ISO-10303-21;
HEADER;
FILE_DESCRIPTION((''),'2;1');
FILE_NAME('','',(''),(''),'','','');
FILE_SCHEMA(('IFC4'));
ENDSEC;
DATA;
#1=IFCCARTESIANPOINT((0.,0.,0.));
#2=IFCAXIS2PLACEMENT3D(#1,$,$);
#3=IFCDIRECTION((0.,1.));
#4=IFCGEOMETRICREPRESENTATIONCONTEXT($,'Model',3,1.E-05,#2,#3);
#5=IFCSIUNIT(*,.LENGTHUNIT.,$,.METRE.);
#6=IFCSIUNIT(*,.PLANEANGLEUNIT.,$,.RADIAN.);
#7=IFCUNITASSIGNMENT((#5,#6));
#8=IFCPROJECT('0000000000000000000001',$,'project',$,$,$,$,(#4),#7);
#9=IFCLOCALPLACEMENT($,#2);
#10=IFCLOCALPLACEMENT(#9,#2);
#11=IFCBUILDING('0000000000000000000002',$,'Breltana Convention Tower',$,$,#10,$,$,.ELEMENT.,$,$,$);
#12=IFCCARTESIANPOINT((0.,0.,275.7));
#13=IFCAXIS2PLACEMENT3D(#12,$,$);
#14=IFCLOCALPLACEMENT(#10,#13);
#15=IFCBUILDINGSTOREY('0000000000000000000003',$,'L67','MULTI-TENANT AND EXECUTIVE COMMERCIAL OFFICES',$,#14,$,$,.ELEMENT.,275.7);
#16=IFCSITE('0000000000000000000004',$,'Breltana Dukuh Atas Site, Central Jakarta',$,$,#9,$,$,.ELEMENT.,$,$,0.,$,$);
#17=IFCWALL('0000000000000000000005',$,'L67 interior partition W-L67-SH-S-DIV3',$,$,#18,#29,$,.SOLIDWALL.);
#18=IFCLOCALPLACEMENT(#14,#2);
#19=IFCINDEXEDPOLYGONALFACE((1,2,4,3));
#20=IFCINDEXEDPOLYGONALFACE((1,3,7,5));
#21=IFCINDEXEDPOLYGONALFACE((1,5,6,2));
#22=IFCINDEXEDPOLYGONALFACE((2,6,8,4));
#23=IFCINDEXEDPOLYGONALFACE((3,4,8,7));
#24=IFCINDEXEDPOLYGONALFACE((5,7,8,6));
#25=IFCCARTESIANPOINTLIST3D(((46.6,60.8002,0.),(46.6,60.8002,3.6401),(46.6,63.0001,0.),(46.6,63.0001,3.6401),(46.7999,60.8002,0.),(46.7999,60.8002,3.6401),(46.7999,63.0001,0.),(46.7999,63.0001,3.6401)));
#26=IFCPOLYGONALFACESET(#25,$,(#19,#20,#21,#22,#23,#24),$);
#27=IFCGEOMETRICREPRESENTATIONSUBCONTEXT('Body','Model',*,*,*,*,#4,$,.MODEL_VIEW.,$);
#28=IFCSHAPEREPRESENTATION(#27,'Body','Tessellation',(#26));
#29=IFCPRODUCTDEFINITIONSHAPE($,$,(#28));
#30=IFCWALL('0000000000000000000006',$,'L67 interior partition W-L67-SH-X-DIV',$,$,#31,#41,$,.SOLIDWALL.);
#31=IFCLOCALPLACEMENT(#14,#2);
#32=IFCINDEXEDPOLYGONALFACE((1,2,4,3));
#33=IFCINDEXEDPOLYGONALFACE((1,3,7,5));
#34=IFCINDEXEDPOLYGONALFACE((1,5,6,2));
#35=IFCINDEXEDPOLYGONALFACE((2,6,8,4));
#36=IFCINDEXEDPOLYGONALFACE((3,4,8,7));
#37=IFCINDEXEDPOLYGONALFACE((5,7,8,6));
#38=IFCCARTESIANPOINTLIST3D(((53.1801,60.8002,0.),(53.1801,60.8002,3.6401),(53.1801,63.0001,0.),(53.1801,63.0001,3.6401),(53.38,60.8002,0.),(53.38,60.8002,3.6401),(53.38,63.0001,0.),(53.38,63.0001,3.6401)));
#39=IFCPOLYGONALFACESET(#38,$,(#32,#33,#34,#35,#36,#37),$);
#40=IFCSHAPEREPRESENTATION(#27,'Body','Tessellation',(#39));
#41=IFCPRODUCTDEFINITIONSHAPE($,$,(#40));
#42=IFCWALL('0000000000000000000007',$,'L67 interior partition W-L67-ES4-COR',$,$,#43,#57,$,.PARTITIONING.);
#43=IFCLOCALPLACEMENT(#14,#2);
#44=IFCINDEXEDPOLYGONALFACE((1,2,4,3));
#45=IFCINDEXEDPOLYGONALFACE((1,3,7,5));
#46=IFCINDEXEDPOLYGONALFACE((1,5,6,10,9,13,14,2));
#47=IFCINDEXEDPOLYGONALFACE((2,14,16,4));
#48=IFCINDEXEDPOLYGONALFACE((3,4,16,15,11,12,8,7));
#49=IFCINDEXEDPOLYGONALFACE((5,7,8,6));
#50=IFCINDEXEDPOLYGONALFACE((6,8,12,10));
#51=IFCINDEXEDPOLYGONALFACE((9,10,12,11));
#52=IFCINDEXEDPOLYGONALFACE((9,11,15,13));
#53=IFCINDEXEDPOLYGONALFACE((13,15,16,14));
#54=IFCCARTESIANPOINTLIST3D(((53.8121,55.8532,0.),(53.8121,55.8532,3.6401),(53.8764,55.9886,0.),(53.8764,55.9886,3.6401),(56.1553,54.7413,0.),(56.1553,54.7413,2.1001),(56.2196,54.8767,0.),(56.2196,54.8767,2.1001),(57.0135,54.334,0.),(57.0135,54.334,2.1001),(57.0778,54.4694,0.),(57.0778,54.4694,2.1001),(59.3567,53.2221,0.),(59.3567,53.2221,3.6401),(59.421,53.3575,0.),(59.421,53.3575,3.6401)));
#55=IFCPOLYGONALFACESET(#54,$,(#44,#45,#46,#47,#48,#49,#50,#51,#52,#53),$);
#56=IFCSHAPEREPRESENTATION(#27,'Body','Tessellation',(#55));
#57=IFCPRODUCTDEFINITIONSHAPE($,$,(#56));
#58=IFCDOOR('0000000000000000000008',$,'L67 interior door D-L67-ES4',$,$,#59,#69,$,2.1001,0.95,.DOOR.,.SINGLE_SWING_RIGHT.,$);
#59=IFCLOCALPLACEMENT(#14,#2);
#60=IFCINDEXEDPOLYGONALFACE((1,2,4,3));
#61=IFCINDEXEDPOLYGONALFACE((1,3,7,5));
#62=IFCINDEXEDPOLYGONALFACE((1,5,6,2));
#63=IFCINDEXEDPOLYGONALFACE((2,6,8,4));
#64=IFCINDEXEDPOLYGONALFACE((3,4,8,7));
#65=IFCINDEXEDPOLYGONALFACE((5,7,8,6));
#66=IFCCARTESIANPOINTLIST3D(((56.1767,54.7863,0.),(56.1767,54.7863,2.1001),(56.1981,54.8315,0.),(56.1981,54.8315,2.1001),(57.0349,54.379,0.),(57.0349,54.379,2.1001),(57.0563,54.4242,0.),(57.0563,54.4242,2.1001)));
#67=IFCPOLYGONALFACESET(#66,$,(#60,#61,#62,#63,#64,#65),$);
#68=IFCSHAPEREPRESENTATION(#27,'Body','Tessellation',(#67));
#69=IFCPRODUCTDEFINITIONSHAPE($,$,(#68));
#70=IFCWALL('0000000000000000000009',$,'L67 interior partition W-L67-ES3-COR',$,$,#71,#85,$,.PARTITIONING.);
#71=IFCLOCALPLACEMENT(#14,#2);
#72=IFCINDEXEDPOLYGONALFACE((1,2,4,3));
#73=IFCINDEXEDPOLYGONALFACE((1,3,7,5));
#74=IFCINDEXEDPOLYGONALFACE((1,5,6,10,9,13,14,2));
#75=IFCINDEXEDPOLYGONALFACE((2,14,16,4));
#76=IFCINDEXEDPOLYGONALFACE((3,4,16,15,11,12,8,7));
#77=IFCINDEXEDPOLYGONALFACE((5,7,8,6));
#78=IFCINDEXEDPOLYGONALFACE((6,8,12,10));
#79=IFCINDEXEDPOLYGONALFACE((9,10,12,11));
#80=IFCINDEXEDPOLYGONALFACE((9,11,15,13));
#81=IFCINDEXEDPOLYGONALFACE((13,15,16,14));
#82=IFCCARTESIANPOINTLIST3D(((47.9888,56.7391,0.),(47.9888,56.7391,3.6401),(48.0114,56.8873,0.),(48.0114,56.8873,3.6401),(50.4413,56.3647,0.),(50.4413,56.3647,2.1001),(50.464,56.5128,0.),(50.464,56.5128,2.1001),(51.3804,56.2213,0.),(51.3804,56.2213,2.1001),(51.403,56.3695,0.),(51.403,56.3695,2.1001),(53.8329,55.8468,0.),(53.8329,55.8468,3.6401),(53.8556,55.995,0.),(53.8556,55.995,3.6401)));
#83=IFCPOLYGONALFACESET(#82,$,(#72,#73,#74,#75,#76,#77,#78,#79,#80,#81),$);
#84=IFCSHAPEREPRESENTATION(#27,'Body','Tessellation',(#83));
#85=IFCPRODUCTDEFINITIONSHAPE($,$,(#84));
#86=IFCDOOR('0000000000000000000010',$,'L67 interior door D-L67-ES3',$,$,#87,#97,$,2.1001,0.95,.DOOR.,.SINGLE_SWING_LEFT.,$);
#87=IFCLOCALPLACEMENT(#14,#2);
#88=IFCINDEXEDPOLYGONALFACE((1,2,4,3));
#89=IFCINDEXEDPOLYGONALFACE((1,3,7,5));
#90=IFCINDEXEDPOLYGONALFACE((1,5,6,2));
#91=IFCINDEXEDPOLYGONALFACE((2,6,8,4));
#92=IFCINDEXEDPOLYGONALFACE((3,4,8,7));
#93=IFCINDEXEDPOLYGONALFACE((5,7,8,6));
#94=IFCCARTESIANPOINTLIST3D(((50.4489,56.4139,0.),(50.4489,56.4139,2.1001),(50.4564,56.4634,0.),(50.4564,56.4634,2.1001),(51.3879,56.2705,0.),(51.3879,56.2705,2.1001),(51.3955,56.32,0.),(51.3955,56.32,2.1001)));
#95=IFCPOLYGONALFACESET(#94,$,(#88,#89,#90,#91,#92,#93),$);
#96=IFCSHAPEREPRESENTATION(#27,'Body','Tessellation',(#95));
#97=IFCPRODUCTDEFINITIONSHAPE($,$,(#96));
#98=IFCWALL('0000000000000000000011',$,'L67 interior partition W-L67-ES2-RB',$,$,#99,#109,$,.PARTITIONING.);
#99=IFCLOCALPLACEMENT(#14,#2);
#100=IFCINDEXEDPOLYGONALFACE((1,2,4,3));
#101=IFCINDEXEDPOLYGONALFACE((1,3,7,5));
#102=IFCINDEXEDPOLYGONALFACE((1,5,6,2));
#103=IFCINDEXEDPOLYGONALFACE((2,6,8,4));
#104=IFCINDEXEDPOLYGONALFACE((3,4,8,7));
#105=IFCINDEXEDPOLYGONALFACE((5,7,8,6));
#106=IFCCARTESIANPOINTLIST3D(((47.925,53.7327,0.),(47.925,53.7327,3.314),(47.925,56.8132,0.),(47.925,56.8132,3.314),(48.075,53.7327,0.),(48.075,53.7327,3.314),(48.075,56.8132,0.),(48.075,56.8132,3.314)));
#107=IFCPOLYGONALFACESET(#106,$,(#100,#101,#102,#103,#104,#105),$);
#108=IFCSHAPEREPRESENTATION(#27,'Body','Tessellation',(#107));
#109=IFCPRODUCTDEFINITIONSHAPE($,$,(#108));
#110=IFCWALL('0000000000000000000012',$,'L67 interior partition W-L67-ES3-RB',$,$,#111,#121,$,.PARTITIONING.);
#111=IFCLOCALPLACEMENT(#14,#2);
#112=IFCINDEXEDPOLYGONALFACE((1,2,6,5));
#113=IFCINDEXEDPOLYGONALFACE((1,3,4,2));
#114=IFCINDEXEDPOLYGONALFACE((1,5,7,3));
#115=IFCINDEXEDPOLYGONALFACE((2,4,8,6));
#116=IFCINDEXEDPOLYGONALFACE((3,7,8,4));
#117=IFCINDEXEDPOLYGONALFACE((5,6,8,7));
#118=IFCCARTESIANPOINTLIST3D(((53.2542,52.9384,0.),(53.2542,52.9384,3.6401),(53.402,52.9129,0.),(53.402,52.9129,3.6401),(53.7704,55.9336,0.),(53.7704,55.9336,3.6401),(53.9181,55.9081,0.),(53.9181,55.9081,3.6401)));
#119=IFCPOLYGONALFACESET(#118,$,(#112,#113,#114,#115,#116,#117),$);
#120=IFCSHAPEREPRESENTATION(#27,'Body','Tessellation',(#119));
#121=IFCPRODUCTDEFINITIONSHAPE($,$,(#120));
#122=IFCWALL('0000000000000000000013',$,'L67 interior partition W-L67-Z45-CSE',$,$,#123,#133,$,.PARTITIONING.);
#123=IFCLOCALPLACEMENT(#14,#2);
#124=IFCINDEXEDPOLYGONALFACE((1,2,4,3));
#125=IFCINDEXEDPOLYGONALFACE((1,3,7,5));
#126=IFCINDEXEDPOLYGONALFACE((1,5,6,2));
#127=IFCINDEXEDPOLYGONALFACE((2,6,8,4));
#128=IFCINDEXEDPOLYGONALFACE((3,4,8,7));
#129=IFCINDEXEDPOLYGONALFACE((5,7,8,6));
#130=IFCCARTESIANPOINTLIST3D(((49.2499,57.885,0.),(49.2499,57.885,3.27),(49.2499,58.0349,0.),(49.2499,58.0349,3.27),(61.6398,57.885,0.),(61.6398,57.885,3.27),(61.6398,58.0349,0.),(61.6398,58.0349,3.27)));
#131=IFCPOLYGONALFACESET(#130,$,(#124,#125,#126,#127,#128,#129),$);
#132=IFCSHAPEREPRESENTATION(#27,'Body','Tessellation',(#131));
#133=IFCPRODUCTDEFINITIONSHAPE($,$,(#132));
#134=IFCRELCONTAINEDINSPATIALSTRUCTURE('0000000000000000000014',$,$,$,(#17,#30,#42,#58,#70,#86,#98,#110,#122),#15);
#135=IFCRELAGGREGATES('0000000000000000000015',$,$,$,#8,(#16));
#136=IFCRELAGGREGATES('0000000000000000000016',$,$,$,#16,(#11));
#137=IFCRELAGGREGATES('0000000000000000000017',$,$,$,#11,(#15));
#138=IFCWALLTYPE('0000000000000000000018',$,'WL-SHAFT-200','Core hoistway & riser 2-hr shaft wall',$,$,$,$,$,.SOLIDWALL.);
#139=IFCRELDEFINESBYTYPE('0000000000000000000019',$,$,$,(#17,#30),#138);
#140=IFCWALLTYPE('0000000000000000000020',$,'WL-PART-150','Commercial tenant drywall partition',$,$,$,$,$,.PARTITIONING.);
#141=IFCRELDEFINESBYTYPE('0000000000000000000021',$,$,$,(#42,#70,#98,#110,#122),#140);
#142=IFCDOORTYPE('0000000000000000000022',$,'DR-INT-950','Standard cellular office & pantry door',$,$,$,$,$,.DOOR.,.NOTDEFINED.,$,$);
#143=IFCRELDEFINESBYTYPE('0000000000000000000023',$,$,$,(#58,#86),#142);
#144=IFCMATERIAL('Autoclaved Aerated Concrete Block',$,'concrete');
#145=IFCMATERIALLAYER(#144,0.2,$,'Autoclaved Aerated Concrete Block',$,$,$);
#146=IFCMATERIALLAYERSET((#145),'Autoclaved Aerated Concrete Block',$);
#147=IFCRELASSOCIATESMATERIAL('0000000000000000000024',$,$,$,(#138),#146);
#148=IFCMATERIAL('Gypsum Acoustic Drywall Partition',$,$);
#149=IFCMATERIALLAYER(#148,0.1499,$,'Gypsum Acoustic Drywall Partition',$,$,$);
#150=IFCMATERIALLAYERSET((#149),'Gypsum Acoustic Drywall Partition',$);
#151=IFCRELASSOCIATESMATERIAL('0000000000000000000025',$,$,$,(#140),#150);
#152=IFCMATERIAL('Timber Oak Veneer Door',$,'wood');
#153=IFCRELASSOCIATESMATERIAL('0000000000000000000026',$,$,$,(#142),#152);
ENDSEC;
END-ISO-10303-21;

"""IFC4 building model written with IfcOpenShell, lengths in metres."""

from ifc_helpers import new_model, si_unit, direction, frame, frame_2d, origin, place, context, subcontext, project, spatial, rectangle, extrude, source, transform, mapped, material, layer, layer_set, type_object, type_shapes, element, fill, save


model = new_model("IFC4")

# Units and contexts
model_context = context("Model", 3, precision=1e-05, world=origin(), true_north=direction((0.0, 1.0)))
body_context = subcontext(model_context, "Body", "Model", "MODEL_VIEW")
ifc_project = project(units=[si_unit("LENGTHUNIT", "METRE"), si_unit("PLANEANGLEUNIT", "RADIAN")], contexts=[model_context])

# Site, building, storey
site_placement = place(None, origin())
site = spatial("IfcSite", under=ifc_project, at=site_placement, Name="Breltana Dukuh Atas Site, Central Jakarta", CompositionType="ELEMENT", RefElevation=0.0)
building_placement = place(site_placement, origin())
building = spatial("IfcBuilding", under=site, at=building_placement, Name="Breltana Convention Tower", CompositionType="ELEMENT")
storey_placement = place(building_placement, frame((0.0, 0.0, 275.7)))
storey = spatial("IfcBuildingStorey", under=building, at=storey_placement, Name="L67", Description="MULTI-TENANT AND EXECUTIVE COMMERCIAL OFFICES", CompositionType="ELEMENT", Elevation=275.7)

# Walls
ifc_material_1 = material(Name="Autoclaved Aerated Concrete Block", Category="concrete")
ifc_layer_1 = layer(ifc_material_1, 0.2, Name="Autoclaved Aerated Concrete Block")
ifc_layer_set_1 = layer_set([ifc_layer_1], Name="Autoclaved Aerated Concrete Block")
wall_type_1 = type_object("IfcWallType", Name="WL-SHAFT-200", Description="Core hoistway & riser 2-hr shaft wall", PredefinedType="SOLIDWALL", material=ifc_layer_set_1)
shared_shape_1 = source(origin(), body_context, "Body", "SweptSolid", [
    extrude(rectangle(XDim=2.2, YDim=0.2, at=frame_2d((1.1001, 0.0))), origin(), (0.0, 0.0, 1.0), 3.6401),
])
for number, where, z_axis, x_axis, name in (
    (1, (46.7, 60.8, 0.0), (0.0, 0.0, 1.0), (0.0, 1.0, 0.0), "L67 interior partition W-L67-SH-S-DIV3"),
    (2, (53.28, 60.8, 0.0), (0.0, 0.0, 1.0), (0.0, 1.0, 0.0), "L67 interior partition W-L67-SH-X-DIV"),
):
    element("IfcWall", number, at=place(storey_placement, frame(where, z_axis=z_axis, x_axis=x_axis)), inside=storey, type_object=wall_type_1, Name=name, PredefinedType="SOLIDWALL", context=body_context, shape_type="MappedRepresentation", body=[
        mapped(shared_shape_1, transform((0.0, 0.0, 0.0), scale=1.0)),
    ])

# Walls, openings, doors
ifc_material_2 = material(Name="Gypsum Acoustic Drywall Partition")
ifc_layer_2 = layer(ifc_material_2, 0.1499, Name="Gypsum Acoustic Drywall Partition")
ifc_layer_set_2 = layer_set([ifc_layer_2], Name="Gypsum Acoustic Drywall Partition")
wall_type_2 = type_object("IfcWallType", Name="WL-PART-150", Description="Commercial tenant drywall partition", PredefinedType="PARTITIONING", material=ifc_layer_set_2)
shared_shape_2 = source(origin(), body_context, "Body", "SweptSolid", [
    extrude(rectangle(XDim=6.1372, YDim=0.1499, at=frame_2d((3.0686, 0.0))), origin(), (0.0, 0.0, 1.0), 3.6401),
])
wall_1_placement = place(storey_placement, frame((53.8442, 55.9209, 0.0), z_axis=(0.0, 0.0, 1.0), x_axis=(0.903443, -0.428709, 0.0)))
wall_1 = element("IfcWall", 3, at=wall_1_placement, inside=storey, type_object=wall_type_2, Name="L67 interior partition W-L67-ES4-COR", PredefinedType="PARTITIONING", context=body_context, shape_type="MappedRepresentation", body=[
    mapped(shared_shape_2, transform((0.0, 0.0, 0.0), scale=1.0)),
])
opening_1_placement = place(wall_1_placement, frame((2.5935, 0.0, 0.0)))
opening_1 = element("IfcOpeningElement", 4, at=opening_1_placement, cuts=wall_1, PredefinedType="OPENING", context=body_context, shape_type="SweptSolid", body=[
    extrude(rectangle(XDim=0.95, YDim=2.1001, at=frame_2d((0.4751, 1.05))), frame((0.0, 0.085, 0.0), z_axis=(0.0, -1.0, 0.0), x_axis=(1.0, 0.0, 0.0)), (0.0, 0.0, 1.0), 0.1699),
])
ifc_material_3 = material(Name="Timber Oak Veneer Door", Category="wood")
door_type = type_object("IfcDoorType", Name="DR-INT-950", Description="Standard cellular office & pantry door", OperationType="NOTDEFINED", PredefinedType="DOOR", material=ifc_material_3)
shared_shape_3 = source(origin(), body_context, "Body", "SweptSolid", [
    extrude(rectangle(XDim=0.95, YDim=2.1001, at=frame_2d((0.4751, 1.05))), frame((0.0, 0.0249, 0.0), z_axis=(0.0, -1.0, 0.0), x_axis=(1.0, 0.0, 0.0)), (0.0, 0.0, 1.0), 0.05),
])
type_shapes(door_type, [shared_shape_3])
door_1_placement = place(opening_1_placement, origin())
door_1 = element("IfcDoor", 5, at=door_1_placement, inside=storey, type_object=door_type, Name="L67 interior door D-L67-ES4", OperationType="SINGLE_SWING_RIGHT", OverallHeight=2.1001, OverallWidth=0.95, PredefinedType="DOOR", context=body_context, shape_type="MappedRepresentation", body=[
    mapped(shared_shape_3, transform((0.0, 0.0, 0.0), scale=1.0)),
])
fill(opening_1, door_1)
shared_shape_4 = source(origin(), body_context, "Body", "SweptSolid", [
    extrude(rectangle(XDim=5.9119, YDim=0.1499, at=frame_2d((2.9561, 0.0))), origin(), (0.0, 0.0, 1.0), 3.6401),
])
wall_2_placement = place(storey_placement, frame((48.0, 56.8132, 0.0), z_axis=(0.0, 0.0, 1.0), x_axis=(0.988543, -0.150937, 0.0)))
wall_2 = element("IfcWall", 6, at=wall_2_placement, inside=storey, type_object=wall_type_2, Name="L67 interior partition W-L67-ES3-COR", PredefinedType="PARTITIONING", context=body_context, shape_type="MappedRepresentation", body=[
    mapped(shared_shape_4, transform((0.0, 0.0, 0.0), scale=1.0)),
])
opening_2_placement = place(wall_2_placement, frame((2.481, 0.0, 0.0)))
opening_2 = element("IfcOpeningElement", 7, at=opening_2_placement, cuts=wall_2, PredefinedType="OPENING", context=body_context, shape_type="SweptSolid", body=[
    extrude(rectangle(XDim=0.95, YDim=2.1001, at=frame_2d((0.4751, 1.05))), frame((0.0, 0.085, 0.0), z_axis=(0.0, -1.0, 0.0), x_axis=(1.0, 0.0, 0.0)), (0.0, 0.0, 1.0), 0.1699),
])
door_2_placement = place(opening_2_placement, origin())
door_2 = element("IfcDoor", 8, at=door_2_placement, inside=storey, type_object=door_type, Name="L67 interior door D-L67-ES3", OperationType="SINGLE_SWING_LEFT", OverallHeight=2.1001, OverallWidth=0.95, PredefinedType="DOOR", context=body_context, shape_type="MappedRepresentation", body=[
    mapped(shared_shape_3, transform((0.0, 0.0, 0.0), scale=1.0)),
])
fill(opening_2, door_2)

# Walls
shared_shape_5 = source(origin(), body_context, "Body", "SweptSolid", [
    extrude(rectangle(XDim=3.0806, YDim=0.1499, at=frame_2d((1.5403, 0.0))), origin(), (0.0, 0.0, 1.0), 3.314),
])
wall_3_placement = place(storey_placement, frame((48.0, 53.7327, 0.0), z_axis=(0.0, 0.0, 1.0), x_axis=(0.0, 1.0, 0.0)))
element("IfcWall", 9, at=wall_3_placement, inside=storey, type_object=wall_type_2, Name="L67 interior partition W-L67-ES2-RB", PredefinedType="PARTITIONING", context=body_context, shape_type="MappedRepresentation", body=[
    mapped(shared_shape_5, transform((0.0, 0.0, 0.0), scale=1.0)),
])
shared_shape_6 = source(origin(), body_context, "Body", "SweptSolid", [
    extrude(rectangle(XDim=3.0393, YDim=0.1499, at=frame_2d((1.5195, 0.0))), origin(), (0.0, 0.0, 1.0), 3.6401),
])
wall_4_placement = place(storey_placement, frame((53.3281, 52.9258, 0.0), z_axis=(0.0, 0.0, 1.0), x_axis=(0.169815, 0.985476, 0.0)))
element("IfcWall", 10, at=wall_4_placement, inside=storey, type_object=wall_type_2, Name="L67 interior partition W-L67-ES3-RB", PredefinedType="PARTITIONING", context=body_context, shape_type="MappedRepresentation", body=[
    mapped(shared_shape_6, transform((0.0, 0.0, 0.0), scale=1.0)),
])
shared_shape_7 = source(origin(), body_context, "Body", "SweptSolid", [
    extrude(rectangle(XDim=12.3899, YDim=0.1499, at=frame_2d((6.1948, 0.0))), origin(), (0.0, 0.0, 1.0), 3.27),
])
wall_5_placement = place(storey_placement, frame((49.25, 57.96, 0.0), z_axis=(0.0, 0.0, 1.0), x_axis=(1.0, 0.0, 0.0)))
element("IfcWall", 11, at=wall_5_placement, inside=storey, type_object=wall_type_2, Name="L67 interior partition W-L67-Z45-CSE", PredefinedType="PARTITIONING", context=body_context, shape_type="MappedRepresentation", body=[
    mapped(shared_shape_7, transform((0.0, 0.0, 0.0), scale=1.0)),
])

save(model, "model.ifc")
